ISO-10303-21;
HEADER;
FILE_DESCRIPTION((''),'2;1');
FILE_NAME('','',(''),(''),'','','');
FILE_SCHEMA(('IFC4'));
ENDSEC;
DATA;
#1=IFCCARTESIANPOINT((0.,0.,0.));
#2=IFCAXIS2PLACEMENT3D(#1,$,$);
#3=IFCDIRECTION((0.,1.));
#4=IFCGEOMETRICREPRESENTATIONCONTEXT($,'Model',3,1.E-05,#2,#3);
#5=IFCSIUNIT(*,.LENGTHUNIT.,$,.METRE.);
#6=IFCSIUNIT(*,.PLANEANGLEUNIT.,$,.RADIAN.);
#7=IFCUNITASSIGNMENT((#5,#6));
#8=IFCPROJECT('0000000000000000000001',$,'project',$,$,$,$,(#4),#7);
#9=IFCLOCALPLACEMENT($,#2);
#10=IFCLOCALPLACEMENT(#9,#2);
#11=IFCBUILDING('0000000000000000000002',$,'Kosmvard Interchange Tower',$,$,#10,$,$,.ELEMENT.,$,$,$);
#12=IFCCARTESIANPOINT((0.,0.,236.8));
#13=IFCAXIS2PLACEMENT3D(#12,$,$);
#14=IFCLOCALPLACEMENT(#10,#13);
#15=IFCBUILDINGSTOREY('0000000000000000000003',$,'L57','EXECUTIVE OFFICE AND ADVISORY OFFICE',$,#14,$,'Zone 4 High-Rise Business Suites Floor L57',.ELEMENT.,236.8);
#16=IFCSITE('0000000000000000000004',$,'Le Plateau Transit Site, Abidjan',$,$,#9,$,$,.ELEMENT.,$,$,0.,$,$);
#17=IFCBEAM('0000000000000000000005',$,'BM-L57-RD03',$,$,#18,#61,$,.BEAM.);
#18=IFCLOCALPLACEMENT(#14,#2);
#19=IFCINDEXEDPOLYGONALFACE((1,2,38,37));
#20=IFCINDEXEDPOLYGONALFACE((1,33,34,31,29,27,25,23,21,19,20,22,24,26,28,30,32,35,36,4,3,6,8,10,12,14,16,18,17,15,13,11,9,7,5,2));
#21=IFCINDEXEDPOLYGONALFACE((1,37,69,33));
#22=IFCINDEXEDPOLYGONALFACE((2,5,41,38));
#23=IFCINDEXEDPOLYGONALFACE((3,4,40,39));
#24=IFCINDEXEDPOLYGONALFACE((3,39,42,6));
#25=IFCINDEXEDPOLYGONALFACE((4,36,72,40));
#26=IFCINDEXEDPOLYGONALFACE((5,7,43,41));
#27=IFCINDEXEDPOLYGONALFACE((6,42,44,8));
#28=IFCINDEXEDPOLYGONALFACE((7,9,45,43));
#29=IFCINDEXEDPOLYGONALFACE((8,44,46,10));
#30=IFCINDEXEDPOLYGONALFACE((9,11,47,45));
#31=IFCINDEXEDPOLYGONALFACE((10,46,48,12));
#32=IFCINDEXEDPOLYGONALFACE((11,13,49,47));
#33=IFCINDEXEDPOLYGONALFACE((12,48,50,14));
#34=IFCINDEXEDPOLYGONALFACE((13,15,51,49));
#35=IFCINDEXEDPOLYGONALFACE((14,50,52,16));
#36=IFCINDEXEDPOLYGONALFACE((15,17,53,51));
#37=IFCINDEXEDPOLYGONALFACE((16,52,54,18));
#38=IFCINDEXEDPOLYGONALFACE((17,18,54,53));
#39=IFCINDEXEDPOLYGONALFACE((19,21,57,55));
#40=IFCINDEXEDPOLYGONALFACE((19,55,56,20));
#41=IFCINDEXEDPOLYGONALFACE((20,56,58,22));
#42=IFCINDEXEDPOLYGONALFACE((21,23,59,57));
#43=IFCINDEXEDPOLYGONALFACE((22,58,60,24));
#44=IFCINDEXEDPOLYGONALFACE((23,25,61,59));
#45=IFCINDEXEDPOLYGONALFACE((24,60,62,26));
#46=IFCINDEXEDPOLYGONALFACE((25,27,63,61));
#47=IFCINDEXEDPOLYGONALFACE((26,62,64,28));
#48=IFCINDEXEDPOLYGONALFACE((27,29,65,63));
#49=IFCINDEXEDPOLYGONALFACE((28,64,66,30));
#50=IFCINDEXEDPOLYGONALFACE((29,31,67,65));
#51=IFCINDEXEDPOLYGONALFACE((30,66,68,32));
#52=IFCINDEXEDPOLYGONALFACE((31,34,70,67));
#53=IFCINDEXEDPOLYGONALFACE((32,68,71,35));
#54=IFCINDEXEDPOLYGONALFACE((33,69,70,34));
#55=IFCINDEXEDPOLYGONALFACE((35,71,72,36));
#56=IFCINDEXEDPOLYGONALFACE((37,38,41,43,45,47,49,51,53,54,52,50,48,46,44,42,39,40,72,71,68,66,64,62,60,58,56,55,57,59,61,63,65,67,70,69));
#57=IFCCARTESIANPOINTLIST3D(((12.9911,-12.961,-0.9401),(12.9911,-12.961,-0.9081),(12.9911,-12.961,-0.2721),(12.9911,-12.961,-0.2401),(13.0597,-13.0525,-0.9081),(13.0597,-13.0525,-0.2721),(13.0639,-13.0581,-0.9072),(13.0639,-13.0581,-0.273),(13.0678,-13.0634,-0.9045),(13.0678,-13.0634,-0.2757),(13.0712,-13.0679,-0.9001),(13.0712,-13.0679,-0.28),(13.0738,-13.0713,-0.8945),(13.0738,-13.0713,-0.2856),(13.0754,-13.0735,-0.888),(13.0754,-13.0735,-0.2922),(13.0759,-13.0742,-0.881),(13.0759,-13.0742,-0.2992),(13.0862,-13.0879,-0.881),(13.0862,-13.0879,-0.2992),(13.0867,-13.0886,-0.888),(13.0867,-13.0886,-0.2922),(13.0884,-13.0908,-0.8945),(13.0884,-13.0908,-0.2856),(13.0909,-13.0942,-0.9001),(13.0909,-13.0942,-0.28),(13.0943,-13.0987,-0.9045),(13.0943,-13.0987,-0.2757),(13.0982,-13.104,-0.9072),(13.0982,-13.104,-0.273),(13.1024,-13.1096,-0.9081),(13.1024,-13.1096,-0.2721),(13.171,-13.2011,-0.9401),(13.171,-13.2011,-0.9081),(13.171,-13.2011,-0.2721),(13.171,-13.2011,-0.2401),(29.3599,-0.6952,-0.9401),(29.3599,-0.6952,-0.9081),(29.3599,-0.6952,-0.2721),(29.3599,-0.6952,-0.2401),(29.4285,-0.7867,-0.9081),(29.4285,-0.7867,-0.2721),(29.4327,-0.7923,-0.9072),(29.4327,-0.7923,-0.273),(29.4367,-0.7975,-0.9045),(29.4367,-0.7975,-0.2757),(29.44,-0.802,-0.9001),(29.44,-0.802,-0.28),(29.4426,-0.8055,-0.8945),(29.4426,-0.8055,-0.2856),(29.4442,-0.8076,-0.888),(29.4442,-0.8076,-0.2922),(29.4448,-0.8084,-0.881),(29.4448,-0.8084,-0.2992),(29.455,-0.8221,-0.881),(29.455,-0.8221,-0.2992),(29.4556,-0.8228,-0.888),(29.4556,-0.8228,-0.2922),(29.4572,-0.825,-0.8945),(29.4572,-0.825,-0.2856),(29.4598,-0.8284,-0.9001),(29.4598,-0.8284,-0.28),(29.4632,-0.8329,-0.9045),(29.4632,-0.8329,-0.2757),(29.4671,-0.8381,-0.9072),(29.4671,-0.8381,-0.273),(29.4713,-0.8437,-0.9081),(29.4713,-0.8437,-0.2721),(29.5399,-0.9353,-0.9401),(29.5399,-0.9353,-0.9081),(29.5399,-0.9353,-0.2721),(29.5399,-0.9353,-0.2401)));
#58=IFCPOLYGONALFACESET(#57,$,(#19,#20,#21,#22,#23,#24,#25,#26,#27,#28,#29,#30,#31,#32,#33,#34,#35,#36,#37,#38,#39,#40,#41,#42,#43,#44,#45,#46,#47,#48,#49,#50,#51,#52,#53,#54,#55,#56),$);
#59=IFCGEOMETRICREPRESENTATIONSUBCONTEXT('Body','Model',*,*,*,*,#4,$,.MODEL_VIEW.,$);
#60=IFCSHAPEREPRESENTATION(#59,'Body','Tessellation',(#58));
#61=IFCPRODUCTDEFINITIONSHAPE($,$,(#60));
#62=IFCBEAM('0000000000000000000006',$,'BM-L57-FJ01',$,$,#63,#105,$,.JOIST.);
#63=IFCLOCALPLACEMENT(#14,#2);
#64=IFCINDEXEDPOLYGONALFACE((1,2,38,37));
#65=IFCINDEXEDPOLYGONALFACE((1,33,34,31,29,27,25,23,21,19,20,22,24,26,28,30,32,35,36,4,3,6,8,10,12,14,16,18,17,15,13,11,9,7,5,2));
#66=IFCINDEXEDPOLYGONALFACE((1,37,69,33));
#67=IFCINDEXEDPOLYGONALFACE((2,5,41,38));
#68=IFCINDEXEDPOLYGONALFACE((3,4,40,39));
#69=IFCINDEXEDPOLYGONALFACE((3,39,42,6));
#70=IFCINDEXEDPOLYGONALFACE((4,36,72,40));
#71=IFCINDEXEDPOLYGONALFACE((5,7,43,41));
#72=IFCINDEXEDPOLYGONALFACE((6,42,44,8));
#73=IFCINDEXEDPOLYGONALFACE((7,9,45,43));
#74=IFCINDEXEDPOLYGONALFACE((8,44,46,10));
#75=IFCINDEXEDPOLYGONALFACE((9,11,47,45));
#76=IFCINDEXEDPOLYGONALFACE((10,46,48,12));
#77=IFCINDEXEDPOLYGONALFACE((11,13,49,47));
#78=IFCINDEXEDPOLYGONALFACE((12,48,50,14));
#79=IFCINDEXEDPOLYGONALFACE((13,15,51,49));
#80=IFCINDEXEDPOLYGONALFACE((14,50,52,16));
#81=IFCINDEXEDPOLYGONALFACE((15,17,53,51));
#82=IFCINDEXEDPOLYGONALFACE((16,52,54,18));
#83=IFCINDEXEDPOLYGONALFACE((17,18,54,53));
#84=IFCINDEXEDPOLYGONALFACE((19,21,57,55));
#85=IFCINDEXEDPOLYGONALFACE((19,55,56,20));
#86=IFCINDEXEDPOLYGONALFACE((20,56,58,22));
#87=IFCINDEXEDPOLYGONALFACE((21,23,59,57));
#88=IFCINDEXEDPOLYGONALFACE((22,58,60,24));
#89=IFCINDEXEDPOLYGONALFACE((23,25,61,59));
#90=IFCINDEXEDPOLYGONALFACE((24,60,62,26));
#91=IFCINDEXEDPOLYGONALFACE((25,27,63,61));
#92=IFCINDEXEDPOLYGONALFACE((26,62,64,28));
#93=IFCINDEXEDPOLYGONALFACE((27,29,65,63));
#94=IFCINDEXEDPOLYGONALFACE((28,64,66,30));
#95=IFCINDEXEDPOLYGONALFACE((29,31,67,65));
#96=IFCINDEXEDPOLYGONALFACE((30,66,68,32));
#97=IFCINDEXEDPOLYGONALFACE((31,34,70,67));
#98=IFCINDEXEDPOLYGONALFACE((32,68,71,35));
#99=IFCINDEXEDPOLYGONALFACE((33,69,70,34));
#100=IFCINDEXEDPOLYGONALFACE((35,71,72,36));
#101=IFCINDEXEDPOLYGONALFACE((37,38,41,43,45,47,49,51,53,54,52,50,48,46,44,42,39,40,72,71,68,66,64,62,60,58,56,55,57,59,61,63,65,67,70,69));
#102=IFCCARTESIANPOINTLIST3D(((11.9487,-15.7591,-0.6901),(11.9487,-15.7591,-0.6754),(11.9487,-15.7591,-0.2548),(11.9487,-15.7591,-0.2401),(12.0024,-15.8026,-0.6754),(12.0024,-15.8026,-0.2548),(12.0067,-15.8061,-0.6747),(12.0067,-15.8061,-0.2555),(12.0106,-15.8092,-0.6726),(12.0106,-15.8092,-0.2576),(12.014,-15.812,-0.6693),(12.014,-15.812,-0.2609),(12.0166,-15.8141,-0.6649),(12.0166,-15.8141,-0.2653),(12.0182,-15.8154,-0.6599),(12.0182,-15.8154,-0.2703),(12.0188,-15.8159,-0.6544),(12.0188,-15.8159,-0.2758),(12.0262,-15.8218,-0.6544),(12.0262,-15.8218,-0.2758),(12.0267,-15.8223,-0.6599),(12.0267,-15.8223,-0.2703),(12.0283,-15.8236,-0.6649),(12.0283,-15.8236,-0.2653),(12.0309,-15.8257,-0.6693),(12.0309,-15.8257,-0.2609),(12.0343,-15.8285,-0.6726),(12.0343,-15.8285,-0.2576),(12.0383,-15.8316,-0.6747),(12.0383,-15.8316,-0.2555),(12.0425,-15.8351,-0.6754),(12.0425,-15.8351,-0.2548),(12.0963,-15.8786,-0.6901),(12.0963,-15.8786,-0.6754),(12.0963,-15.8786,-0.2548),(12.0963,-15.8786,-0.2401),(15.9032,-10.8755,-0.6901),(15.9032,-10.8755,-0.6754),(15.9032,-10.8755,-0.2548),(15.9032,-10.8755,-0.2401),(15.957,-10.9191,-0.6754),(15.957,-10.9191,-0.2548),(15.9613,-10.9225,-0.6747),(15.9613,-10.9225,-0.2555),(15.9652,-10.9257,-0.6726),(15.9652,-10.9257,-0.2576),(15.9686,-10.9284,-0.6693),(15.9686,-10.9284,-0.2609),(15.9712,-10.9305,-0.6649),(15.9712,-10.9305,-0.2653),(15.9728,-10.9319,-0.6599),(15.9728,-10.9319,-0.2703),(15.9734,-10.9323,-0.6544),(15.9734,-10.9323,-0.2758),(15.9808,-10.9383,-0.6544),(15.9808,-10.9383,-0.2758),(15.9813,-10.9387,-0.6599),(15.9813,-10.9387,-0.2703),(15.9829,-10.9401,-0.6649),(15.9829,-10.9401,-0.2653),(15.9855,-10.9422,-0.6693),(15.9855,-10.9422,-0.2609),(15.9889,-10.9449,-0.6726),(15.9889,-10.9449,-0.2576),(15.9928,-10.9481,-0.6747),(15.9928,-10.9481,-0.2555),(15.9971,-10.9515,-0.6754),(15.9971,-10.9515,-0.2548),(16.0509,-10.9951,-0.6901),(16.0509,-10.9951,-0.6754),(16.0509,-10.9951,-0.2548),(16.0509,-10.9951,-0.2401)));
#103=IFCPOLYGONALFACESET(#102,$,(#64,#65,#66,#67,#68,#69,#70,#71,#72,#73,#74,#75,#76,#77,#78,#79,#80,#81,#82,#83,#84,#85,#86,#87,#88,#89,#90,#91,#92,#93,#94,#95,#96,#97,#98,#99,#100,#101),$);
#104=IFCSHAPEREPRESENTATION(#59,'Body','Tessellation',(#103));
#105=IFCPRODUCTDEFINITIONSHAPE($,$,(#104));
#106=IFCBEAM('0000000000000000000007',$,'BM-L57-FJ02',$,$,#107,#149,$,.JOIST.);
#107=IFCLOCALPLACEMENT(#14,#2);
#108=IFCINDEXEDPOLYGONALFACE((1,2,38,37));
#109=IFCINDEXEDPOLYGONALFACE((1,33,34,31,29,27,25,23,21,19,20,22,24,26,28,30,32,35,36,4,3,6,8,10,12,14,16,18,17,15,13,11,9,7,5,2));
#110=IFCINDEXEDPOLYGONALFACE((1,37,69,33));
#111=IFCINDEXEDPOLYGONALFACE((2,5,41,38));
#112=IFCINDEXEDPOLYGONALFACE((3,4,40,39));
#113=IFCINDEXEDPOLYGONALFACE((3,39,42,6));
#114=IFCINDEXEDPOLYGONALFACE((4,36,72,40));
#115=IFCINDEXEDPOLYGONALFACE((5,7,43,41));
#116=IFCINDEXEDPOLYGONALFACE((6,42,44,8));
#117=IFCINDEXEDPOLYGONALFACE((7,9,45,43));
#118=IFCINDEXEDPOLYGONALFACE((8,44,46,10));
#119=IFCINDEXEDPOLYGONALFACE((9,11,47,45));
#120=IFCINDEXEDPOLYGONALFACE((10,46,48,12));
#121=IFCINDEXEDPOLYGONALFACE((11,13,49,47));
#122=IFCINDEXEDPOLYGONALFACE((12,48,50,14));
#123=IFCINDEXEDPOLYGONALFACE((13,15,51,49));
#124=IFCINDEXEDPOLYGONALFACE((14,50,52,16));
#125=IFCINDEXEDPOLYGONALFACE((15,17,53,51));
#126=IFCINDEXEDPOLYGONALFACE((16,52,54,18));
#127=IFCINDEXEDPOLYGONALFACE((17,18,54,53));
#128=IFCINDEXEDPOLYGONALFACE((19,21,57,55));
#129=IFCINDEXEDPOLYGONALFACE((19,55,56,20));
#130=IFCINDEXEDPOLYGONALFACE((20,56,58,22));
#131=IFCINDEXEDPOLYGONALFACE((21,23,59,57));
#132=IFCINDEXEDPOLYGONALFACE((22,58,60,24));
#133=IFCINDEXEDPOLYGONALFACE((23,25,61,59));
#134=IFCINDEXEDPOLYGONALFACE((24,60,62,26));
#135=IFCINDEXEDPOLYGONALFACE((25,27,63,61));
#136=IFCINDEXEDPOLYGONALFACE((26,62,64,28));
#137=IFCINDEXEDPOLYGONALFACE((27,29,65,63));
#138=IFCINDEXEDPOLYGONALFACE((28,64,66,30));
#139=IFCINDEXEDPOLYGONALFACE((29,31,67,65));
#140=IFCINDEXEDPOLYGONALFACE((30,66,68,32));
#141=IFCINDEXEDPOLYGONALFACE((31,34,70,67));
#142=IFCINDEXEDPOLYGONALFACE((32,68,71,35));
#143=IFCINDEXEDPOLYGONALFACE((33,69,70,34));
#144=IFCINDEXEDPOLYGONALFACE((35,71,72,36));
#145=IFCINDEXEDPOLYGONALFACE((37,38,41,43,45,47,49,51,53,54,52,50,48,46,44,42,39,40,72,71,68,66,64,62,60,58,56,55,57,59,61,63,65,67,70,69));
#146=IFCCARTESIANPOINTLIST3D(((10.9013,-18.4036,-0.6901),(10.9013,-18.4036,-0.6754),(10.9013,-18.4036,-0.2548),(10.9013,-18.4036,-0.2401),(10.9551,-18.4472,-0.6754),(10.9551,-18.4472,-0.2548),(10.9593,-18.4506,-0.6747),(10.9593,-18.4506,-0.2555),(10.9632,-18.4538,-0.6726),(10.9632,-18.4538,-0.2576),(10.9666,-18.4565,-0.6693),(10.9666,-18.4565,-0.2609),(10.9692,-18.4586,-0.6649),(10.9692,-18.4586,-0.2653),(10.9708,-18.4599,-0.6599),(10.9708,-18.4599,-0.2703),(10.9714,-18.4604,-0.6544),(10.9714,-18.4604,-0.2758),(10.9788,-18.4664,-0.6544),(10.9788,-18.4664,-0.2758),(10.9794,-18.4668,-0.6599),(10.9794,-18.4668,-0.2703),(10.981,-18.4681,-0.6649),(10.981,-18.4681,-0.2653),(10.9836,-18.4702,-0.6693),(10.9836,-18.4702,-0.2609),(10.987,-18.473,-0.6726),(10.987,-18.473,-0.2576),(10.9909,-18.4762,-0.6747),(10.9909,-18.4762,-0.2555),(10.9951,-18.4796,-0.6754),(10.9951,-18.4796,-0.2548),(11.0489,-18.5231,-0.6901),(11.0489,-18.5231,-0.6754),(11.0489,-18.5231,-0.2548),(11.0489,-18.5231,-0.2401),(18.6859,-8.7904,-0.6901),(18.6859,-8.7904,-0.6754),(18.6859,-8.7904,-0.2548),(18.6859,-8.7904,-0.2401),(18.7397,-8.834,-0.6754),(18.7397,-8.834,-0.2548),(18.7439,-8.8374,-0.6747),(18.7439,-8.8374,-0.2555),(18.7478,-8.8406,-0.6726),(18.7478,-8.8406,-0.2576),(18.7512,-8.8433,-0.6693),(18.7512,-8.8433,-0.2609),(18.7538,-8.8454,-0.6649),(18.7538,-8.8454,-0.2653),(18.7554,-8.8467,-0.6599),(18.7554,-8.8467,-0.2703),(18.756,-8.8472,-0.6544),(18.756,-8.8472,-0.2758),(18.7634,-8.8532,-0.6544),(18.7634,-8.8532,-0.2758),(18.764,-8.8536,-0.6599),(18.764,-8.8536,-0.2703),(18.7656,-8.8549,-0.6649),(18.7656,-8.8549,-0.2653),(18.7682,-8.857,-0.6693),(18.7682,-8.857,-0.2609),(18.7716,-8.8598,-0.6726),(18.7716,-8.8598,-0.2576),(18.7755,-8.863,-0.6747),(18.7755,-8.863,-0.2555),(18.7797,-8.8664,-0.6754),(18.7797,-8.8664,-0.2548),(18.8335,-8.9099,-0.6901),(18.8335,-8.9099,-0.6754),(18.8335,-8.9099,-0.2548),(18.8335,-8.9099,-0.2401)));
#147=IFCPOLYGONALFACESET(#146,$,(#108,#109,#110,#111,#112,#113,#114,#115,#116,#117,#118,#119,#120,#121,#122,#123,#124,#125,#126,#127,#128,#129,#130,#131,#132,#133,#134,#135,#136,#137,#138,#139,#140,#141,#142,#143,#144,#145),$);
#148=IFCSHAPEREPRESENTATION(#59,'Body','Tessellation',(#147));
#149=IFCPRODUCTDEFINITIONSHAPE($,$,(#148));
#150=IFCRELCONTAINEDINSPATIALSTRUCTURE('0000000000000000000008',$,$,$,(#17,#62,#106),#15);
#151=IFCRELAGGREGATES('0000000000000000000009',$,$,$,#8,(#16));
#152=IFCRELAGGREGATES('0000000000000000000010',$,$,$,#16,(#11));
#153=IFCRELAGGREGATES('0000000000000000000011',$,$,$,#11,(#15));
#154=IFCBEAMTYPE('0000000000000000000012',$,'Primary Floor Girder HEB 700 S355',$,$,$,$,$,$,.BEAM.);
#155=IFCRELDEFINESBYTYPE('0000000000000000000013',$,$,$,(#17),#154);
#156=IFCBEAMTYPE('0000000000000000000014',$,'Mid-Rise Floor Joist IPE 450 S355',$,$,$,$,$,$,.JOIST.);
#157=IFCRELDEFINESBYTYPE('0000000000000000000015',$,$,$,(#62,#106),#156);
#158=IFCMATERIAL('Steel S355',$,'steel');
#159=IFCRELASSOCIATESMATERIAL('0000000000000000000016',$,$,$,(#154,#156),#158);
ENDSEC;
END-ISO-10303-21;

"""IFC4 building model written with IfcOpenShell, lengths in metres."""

from ifc_helpers import new_model, si_unit, direction, frame, origin, origin_2d, place, context, subcontext, project, spatial, i_section, extrude, source, transform, mapped, material, material_profile, profile_set, type_object, element, save


model = new_model("IFC4")

# Units and contexts
model_context = context("Model", 3, precision=1e-05, world=origin(), true_north=direction((0.0, 1.0)))
body_context = subcontext(model_context, "Body", "Model", "MODEL_VIEW")
ifc_project = project(units=[si_unit("LENGTHUNIT", "METRE"), si_unit("PLANEANGLEUNIT", "RADIAN")], contexts=[model_context])

# Site, building, storey
site_placement = place(None, origin())
site = spatial("IfcSite", under=ifc_project, at=site_placement, Name="Le Plateau Transit Site, Abidjan", CompositionType="ELEMENT", RefElevation=0.0)
building_placement = place(site_placement, origin())
building = spatial("IfcBuilding", under=site, at=building_placement, Name="Kosmvard Interchange Tower", CompositionType="ELEMENT")
storey_placement = place(building_placement, frame((0.0, 0.0, 236.8)))
storey = spatial("IfcBuildingStorey", under=building, at=storey_placement, Name="L57", Description="EXECUTIVE OFFICE AND ADVISORY OFFICE", LongName="Zone 4 High-Rise Business Suites Floor L57", CompositionType="ELEMENT", Elevation=236.8)

# Beams
ifc_material_1 = material(Name="Steel S355", Category="steel")
ifc_material_profile_1 = material_profile(ifc_material_1, i_section(OverallWidth=0.3, OverallDepth=0.7, WebThickness=0.0171, FlangeThickness=0.032, FilletRadius=0.0271, at=origin_2d()), Name="HEB 700")
ifc_profile_set_1 = profile_set([ifc_material_profile_1], Name="Steel S355")
beam_type_1 = type_object("IfcBeamType", Name="Primary Floor Girder HEB 700 S355", PredefinedType="BEAM", material=ifc_profile_set_1)
shared_shape_1 = source(origin(), body_context, "Body", "SweptSolid", [
    extrude(i_section(OverallWidth=0.3, OverallDepth=0.7, WebThickness=0.0171, FlangeThickness=0.032, FilletRadius=0.0271, at=origin_2d()), origin(), (0.0, 0.0, 1.0), 20.4546),
])
beam_1_placement = place(storey_placement, frame((13.0811, -13.0811, -0.5901), z_axis=(0.800253, 0.599662, 0.0), x_axis=(-0.599662, 0.800253, 0.0)))
element("IfcBeam", 1, at=beam_1_placement, inside=storey, type_object=beam_type_1, Name="BM-L57-RD03", PredefinedType="BEAM", context=body_context, shape_type="MappedRepresentation", body=[
    mapped(shared_shape_1, transform((0.0, 0.0, 0.0), scale=1.0)),
])
ifc_material_profile_2 = material_profile(ifc_material_1, i_section(OverallWidth=0.1899, OverallDepth=0.45, WebThickness=0.0095, FlangeThickness=0.0146, FilletRadius=0.021, at=origin_2d()), Name="IPE 450")
ifc_profile_set_2 = profile_set([ifc_material_profile_2], Name="Steel S355")
beam_type_2 = type_object("IfcBeamType", Name="Mid-Rise Floor Joist IPE 450 S355", PredefinedType="JOIST", material=ifc_profile_set_2)
shared_shape_2 = source(origin(), body_context, "Body", "SweptSolid", [
    extrude(i_section(OverallWidth=0.1899, OverallDepth=0.45, WebThickness=0.0095, FlangeThickness=0.0146, FilletRadius=0.021, at=origin_2d()), origin(), (0.0, 0.0, 1.0), 6.2839),
])
beam_2_placement = place(storey_placement, frame((12.0225, -15.8188, -0.4651), z_axis=(0.629318, 0.777148, 0.0), x_axis=(-0.777148, 0.629318, 0.0)))
element("IfcBeam", 2, at=beam_2_placement, inside=storey, type_object=beam_type_2, Name="BM-L57-FJ01", PredefinedType="JOIST", context=body_context, shape_type="MappedRepresentation", body=[
    mapped(shared_shape_2, transform((0.0, 0.0, 0.0), scale=1.0)),
])
shared_shape_3 = source(origin(), body_context, "Body", "SweptSolid", [
    extrude(i_section(OverallWidth=0.1899, OverallDepth=0.45, WebThickness=0.0095, FlangeThickness=0.0146, FilletRadius=0.021, at=origin_2d()), origin(), (0.0, 0.0, 1.0), 12.3699),
])
beam_3_placement = place(storey_placement, frame((10.9751, -18.4634, -0.4651), z_axis=(0.62932, 0.777147, 0.0), x_axis=(-0.777147, 0.62932, 0.0)))
element("IfcBeam", 3, at=beam_3_placement, inside=storey, type_object=beam_type_2, Name="BM-L57-FJ02", PredefinedType="JOIST", context=body_context, shape_type="MappedRepresentation", body=[
    mapped(shared_shape_3, transform((0.0, 0.0, 0.0), scale=1.0)),
])

save(model, "model.ifc")
